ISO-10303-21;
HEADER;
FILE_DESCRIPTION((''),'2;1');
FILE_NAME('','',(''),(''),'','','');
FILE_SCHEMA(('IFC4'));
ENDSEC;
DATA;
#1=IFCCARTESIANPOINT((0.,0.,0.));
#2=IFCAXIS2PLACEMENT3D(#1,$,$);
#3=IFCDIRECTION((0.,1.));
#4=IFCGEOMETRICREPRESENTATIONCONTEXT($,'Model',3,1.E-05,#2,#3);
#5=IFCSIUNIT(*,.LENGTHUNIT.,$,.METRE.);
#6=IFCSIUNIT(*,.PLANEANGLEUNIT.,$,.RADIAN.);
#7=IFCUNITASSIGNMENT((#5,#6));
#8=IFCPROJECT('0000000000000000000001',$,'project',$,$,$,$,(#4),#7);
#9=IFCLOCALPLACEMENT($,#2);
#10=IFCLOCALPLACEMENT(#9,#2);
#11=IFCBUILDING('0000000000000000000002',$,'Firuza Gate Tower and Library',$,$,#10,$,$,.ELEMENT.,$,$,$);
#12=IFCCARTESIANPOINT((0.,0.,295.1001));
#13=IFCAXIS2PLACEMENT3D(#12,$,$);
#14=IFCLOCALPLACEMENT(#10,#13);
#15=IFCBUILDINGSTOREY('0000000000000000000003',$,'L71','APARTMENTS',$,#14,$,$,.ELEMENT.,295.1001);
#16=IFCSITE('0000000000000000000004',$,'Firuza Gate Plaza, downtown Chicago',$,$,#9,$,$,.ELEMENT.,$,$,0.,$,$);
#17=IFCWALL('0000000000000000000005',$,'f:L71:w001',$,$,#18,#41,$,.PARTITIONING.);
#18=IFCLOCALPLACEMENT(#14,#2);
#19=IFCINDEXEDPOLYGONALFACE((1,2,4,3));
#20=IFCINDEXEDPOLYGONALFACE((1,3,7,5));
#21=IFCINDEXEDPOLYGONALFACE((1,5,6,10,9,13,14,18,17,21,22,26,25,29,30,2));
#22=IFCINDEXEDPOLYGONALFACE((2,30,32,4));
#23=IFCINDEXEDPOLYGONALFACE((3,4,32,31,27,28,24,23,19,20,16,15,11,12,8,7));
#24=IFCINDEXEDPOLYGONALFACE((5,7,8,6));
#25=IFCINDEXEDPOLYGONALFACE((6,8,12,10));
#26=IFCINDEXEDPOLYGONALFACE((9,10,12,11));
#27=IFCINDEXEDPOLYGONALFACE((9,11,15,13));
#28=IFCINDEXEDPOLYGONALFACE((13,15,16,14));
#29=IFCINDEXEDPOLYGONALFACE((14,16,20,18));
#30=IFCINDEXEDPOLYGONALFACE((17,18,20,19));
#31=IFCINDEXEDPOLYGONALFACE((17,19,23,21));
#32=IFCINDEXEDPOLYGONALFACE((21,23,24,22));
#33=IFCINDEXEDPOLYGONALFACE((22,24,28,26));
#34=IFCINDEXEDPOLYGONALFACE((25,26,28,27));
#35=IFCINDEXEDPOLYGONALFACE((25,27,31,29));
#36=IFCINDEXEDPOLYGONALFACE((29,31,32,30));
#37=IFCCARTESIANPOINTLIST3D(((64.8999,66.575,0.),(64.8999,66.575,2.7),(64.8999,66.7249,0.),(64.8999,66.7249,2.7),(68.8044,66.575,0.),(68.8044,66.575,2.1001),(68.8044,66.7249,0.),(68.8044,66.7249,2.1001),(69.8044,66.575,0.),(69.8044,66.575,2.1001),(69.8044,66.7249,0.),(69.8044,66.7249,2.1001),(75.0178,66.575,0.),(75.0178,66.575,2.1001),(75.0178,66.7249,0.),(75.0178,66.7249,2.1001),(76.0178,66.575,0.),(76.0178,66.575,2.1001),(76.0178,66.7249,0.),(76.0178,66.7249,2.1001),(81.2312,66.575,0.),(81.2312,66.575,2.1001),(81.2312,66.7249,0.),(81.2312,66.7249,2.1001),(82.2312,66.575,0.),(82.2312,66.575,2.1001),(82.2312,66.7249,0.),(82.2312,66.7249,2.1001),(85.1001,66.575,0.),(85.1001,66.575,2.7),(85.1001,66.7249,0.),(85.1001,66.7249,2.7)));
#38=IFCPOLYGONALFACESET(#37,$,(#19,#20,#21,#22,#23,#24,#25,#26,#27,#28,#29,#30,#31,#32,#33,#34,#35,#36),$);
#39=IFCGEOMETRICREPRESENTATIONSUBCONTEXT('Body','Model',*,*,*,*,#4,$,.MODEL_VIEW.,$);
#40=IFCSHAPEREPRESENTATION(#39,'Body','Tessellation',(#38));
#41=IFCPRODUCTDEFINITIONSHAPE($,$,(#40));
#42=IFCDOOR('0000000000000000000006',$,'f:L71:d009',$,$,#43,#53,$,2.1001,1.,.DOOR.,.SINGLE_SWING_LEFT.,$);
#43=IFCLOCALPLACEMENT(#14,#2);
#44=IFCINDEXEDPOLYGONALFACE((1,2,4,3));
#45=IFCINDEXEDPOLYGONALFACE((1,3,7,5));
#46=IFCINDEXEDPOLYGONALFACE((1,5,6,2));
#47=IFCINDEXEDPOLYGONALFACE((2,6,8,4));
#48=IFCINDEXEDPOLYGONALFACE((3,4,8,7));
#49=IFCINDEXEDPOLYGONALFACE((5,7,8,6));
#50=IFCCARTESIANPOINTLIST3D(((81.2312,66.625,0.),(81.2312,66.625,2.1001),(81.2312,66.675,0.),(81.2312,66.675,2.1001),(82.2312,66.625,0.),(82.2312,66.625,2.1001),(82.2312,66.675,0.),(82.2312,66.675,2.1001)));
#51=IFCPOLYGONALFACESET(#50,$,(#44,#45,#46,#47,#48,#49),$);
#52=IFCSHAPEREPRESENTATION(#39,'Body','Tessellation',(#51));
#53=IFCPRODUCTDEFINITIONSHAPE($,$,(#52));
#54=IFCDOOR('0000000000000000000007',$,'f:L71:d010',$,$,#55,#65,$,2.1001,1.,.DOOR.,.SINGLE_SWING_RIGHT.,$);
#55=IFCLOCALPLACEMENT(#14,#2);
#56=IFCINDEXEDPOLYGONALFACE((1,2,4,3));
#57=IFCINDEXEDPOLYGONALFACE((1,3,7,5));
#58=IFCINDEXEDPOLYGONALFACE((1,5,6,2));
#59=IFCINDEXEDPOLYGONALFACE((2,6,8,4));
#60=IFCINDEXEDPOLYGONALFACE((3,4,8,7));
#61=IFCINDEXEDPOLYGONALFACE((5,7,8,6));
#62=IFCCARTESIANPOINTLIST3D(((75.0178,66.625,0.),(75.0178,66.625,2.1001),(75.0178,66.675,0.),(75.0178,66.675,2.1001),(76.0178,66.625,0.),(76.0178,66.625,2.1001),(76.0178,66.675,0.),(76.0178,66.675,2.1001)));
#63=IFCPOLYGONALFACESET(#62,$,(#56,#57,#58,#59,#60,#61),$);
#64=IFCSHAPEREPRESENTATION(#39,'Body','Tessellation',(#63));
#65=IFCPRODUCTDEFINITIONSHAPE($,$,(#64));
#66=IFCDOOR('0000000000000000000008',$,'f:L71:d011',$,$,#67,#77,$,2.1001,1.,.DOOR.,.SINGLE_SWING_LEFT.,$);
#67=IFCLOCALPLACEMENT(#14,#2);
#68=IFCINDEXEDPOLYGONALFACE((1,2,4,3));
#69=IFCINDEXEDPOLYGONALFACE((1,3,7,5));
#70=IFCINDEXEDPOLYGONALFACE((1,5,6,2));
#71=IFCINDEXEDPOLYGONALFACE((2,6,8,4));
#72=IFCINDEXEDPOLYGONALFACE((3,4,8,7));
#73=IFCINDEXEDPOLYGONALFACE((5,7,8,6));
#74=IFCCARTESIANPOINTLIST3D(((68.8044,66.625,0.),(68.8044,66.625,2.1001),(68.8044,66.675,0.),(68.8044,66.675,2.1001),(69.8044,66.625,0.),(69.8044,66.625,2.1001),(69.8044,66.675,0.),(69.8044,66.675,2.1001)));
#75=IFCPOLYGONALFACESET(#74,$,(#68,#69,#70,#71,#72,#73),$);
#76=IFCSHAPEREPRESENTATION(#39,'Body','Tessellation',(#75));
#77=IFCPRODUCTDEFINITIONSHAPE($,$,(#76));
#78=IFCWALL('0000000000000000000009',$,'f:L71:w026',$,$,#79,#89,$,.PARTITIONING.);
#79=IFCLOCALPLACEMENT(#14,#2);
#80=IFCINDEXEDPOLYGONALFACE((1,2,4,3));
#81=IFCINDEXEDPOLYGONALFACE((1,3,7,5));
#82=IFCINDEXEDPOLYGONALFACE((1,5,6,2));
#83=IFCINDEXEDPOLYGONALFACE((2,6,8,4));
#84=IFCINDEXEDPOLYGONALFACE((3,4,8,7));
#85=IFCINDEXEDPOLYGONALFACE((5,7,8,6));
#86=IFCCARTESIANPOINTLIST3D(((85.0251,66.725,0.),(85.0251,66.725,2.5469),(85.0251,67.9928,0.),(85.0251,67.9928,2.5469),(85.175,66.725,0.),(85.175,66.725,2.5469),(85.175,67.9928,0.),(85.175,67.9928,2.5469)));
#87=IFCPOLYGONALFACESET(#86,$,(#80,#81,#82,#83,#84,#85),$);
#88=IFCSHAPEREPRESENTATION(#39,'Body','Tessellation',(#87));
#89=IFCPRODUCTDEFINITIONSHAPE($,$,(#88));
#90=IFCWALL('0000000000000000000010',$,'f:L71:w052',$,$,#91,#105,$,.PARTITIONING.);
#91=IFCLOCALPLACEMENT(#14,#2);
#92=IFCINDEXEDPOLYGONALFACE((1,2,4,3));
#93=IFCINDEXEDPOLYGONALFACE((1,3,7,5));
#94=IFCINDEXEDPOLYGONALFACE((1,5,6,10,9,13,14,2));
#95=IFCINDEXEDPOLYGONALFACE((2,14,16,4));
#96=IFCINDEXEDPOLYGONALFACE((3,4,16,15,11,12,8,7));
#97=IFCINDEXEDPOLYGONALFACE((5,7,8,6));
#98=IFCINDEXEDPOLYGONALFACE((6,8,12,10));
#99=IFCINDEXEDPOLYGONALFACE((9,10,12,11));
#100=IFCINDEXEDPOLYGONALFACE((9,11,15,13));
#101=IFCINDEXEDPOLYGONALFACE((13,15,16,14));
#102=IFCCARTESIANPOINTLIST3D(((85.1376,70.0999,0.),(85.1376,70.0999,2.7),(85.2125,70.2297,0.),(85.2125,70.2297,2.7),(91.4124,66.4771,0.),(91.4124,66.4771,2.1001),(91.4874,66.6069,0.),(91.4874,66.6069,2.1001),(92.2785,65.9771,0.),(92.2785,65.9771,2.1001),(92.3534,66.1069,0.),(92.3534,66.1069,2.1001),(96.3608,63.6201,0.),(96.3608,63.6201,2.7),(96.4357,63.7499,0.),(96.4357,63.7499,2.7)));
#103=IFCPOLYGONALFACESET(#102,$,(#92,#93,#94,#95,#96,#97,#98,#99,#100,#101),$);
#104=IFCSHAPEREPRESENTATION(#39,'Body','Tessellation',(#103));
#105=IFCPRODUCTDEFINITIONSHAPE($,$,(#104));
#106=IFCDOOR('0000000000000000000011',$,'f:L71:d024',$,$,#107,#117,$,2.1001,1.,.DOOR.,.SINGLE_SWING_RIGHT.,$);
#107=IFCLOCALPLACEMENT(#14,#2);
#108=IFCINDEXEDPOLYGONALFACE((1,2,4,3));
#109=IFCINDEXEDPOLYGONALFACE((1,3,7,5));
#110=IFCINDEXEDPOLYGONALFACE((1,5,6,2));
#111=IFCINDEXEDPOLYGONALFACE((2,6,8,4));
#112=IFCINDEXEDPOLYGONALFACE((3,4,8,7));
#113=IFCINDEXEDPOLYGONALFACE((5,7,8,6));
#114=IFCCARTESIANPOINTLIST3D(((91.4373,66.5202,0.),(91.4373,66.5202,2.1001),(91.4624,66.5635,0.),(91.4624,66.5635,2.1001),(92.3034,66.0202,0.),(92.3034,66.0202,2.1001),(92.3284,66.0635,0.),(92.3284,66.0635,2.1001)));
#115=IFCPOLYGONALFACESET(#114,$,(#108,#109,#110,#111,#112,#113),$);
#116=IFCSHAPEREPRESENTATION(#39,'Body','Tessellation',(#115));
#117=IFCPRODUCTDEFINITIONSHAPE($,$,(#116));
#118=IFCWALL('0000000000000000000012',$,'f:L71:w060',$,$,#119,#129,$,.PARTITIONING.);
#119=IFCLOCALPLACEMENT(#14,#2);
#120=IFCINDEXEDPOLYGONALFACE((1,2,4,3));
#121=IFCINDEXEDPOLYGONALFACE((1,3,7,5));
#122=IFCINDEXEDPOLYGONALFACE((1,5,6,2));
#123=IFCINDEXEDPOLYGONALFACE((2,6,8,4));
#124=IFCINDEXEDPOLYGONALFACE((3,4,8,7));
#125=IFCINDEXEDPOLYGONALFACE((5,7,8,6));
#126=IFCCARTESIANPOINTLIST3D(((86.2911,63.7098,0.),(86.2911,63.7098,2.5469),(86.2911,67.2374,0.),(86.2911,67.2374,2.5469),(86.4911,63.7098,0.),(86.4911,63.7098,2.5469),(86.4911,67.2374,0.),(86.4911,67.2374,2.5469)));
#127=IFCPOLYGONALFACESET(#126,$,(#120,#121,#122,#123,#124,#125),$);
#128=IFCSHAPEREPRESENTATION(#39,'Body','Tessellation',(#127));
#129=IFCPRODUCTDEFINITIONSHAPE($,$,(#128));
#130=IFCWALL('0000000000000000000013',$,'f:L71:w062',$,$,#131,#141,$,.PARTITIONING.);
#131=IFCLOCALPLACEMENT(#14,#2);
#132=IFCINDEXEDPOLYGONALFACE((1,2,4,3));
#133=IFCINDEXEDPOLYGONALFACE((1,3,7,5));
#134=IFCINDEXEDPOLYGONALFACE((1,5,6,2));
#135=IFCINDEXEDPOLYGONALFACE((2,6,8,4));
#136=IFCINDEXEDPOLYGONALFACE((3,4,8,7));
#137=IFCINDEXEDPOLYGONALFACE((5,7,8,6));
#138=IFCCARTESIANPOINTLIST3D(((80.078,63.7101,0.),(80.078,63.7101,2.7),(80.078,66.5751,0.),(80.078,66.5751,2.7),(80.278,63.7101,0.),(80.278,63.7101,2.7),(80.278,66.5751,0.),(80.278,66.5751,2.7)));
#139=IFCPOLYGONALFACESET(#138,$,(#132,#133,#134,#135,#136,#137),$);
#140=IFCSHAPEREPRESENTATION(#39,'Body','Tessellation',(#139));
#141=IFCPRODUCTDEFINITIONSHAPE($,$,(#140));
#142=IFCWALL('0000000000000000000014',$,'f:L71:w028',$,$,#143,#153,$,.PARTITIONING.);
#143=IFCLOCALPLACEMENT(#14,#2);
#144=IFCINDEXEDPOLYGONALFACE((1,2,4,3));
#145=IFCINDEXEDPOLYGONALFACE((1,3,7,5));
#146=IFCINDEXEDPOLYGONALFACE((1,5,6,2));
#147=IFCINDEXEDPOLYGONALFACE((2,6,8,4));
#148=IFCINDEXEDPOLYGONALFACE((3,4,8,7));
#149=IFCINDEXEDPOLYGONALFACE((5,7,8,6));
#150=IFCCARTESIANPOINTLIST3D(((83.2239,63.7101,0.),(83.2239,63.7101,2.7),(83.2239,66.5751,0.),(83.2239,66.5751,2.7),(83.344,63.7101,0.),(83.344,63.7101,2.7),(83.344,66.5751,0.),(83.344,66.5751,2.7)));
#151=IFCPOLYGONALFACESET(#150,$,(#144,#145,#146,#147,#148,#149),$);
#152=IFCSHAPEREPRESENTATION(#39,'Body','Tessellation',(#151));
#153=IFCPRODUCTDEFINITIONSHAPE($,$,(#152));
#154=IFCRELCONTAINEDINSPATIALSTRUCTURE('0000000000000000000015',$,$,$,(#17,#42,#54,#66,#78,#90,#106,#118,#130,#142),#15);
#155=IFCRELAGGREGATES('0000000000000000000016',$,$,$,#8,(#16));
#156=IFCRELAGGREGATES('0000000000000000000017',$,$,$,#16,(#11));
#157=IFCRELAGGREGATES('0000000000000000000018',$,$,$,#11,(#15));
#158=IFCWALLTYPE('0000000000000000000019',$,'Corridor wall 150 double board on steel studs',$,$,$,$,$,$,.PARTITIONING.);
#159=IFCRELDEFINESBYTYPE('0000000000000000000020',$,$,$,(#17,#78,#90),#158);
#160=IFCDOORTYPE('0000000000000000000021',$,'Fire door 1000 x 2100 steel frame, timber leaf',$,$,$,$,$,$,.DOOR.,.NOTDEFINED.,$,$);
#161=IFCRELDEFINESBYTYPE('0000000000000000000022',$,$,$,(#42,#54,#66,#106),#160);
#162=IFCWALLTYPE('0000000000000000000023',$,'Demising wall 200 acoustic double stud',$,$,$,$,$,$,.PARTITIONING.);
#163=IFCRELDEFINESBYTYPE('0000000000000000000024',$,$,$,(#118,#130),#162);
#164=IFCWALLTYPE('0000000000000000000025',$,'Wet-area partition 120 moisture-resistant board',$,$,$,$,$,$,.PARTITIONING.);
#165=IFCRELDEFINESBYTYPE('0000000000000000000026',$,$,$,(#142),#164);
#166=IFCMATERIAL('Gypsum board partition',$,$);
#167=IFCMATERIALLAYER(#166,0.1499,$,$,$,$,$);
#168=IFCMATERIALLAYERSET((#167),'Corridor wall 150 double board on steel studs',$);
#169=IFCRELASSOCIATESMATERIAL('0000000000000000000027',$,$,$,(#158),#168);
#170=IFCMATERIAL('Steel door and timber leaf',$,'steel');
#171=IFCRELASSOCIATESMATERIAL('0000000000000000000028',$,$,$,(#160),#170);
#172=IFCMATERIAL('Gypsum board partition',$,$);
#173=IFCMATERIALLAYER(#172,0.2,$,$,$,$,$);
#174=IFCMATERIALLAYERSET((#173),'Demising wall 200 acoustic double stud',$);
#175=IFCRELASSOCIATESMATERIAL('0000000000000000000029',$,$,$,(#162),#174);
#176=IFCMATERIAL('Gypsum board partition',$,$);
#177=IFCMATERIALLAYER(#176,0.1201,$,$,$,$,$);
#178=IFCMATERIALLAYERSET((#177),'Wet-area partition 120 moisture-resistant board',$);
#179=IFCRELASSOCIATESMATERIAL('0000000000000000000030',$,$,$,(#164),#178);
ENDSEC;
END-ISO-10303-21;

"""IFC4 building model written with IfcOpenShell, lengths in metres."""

from ifc_helpers import new_model, si_unit, direction, frame, frame_2d, origin, place, context, subcontext, project, spatial, rectangle, extrude, material, layer, layer_set, type_object, element, fill, save


model = new_model("IFC4")

# Units and contexts
model_context = context("Model", 3, precision=1e-05, world=origin(), true_north=direction((0.0, 1.0)))
body_context = subcontext(model_context, "Body", "Model", "MODEL_VIEW")
ifc_project = project(units=[si_unit("LENGTHUNIT", "METRE"), si_unit("PLANEANGLEUNIT", "RADIAN")], contexts=[model_context])

# Site, building, storey
site_placement = place(None, origin())
site = spatial("IfcSite", under=ifc_project, at=site_placement, Name="Firuza Gate Plaza, downtown Chicago", CompositionType="ELEMENT", RefElevation=0.0)
building_placement = place(site_placement, origin())
building = spatial("IfcBuilding", under=site, at=building_placement, Name="Firuza Gate Tower and Library", CompositionType="ELEMENT")
storey_placement = place(building_placement, frame((0.0, 0.0, 295.1001)))
storey = spatial("IfcBuildingStorey", under=building, at=storey_placement, Name="L71", Description="APARTMENTS", CompositionType="ELEMENT", Elevation=295.1001)

# Wall, openings, doors
ifc_material_1 = material(Name="Gypsum board partition")
ifc_layer_1 = layer(ifc_material_1, 0.1499)
ifc_layer_set_1 = layer_set([ifc_layer_1], Name="Corridor wall 150 double board on steel studs")
wall_type_1 = type_object("IfcWallType", Name="Corridor wall 150 double board on steel studs", PredefinedType="PARTITIONING", material=ifc_layer_set_1)
wall_1_placement = place(storey_placement, frame((85.1001, 66.6499, 0.0), z_axis=(0.0, 0.0, 1.0), x_axis=(-1.0, 0.0, 0.0)))
wall_1 = element("IfcWall", 1, at=wall_1_placement, inside=storey, type_object=wall_type_1, Name="f:L71:w001", PredefinedType="PARTITIONING", context=body_context, shape_type="SweptSolid", body=[
    extrude(rectangle(XDim=20.2002, YDim=0.1499, at=frame_2d((10.1001, 0.0))), origin(), (0.0, 0.0, 1.0), 2.7),
])
opening_1_placement = place(wall_1_placement, frame((2.8689, 0.0, 0.0)))
opening_1 = element("IfcOpeningElement", 2, at=opening_1_placement, cuts=wall_1, PredefinedType="OPENING", context=body_context, shape_type="SweptSolid", body=[
    extrude(rectangle(XDim=1.0, YDim=2.1001, at=frame_2d((0.5, 1.05))), frame((0.0, 0.085, 0.0), z_axis=(0.0, -1.0, 0.0), x_axis=(1.0, 0.0, 0.0)), (0.0, 0.0, 1.0), 0.1699),
])
opening_2_placement = place(wall_1_placement, frame((9.0823, 0.0, 0.0)))
opening_2 = element("IfcOpeningElement", 3, at=opening_2_placement, cuts=wall_1, PredefinedType="OPENING", context=body_context, shape_type="SweptSolid", body=[
    extrude(rectangle(XDim=1.0, YDim=2.1001, at=frame_2d((0.5, 1.05))), frame((0.0, 0.085, 0.0), z_axis=(0.0, -1.0, 0.0), x_axis=(1.0, 0.0, 0.0)), (0.0, 0.0, 1.0), 0.1699),
])
opening_3_placement = place(wall_1_placement, frame((15.2957, 0.0, 0.0)))
opening_3 = element("IfcOpeningElement", 4, at=opening_3_placement, cuts=wall_1, PredefinedType="OPENING", context=body_context, shape_type="SweptSolid", body=[
    extrude(rectangle(XDim=1.0, YDim=2.1001, at=frame_2d((0.5, 1.05))), frame((0.0, 0.085, 0.0), z_axis=(0.0, -1.0, 0.0), x_axis=(1.0, 0.0, 0.0)), (0.0, 0.0, 1.0), 0.1699),
])
ifc_material_2 = material(Name="Steel door and timber leaf", Category="steel")
door_type_1 = type_object("IfcDoorType", Name="Fire door 1000 x 2100 steel frame, timber leaf", OperationType="NOTDEFINED", PredefinedType="DOOR", material=ifc_material_2)
door_1_placement = place(opening_1_placement, origin())
door_1 = element("IfcDoor", 5, at=door_1_placement, inside=storey, type_object=door_type_1, Name="f:L71:d009", OperationType="SINGLE_SWING_LEFT", OverallHeight=2.1001, OverallWidth=1.0, PredefinedType="DOOR", context=body_context, shape_type="SweptSolid", body=[
    extrude(rectangle(XDim=1.0, YDim=2.1001, at=frame_2d((0.5, 1.05))), frame((0.0, 0.0249, 0.0), z_axis=(0.0, -1.0, 0.0), x_axis=(1.0, 0.0, 0.0)), (0.0, 0.0, 1.0), 0.05),
])
fill(opening_1, door_1)
door_2_placement = place(opening_2_placement, origin())
door_2 = element("IfcDoor", 6, at=door_2_placement, inside=storey, type_object=door_type_1, Name="f:L71:d010", OperationType="SINGLE_SWING_RIGHT", OverallHeight=2.1001, OverallWidth=1.0, PredefinedType="DOOR", context=body_context, shape_type="SweptSolid", body=[
    extrude(rectangle(XDim=1.0, YDim=2.1001, at=frame_2d((0.5, 1.05))), frame((0.0, 0.0249, 0.0), z_axis=(0.0, -1.0, 0.0), x_axis=(1.0, 0.0, 0.0)), (0.0, 0.0, 1.0), 0.05),
])
fill(opening_2, door_2)
door_3_placement = place(opening_3_placement, origin())
door_3 = element("IfcDoor", 7, at=door_3_placement, inside=storey, type_object=door_type_1, Name="f:L71:d011", OperationType="SINGLE_SWING_LEFT", OverallHeight=2.1001, OverallWidth=1.0, PredefinedType="DOOR", context=body_context, shape_type="SweptSolid", body=[
    extrude(rectangle(XDim=1.0, YDim=2.1001, at=frame_2d((0.5, 1.05))), frame((0.0, 0.0249, 0.0), z_axis=(0.0, -1.0, 0.0), x_axis=(1.0, 0.0, 0.0)), (0.0, 0.0, 1.0), 0.05),
])
fill(opening_3, door_3)

# Wall
wall_2_placement = place(storey_placement, frame((85.1001, 66.7251, 0.0), z_axis=(0.0, 0.0, 1.0), x_axis=(0.0, 1.0, 0.0)))
element("IfcWall", 8, at=wall_2_placement, inside=storey, type_object=wall_type_1, Name="f:L71:w026", PredefinedType="PARTITIONING", context=body_context, shape_type="SweptSolid", body=[
    extrude(rectangle(XDim=1.2678, YDim=0.1499, at=frame_2d((0.6338, 0.0))), origin(), (0.0, 0.0, 1.0), 2.5469),
])

# Wall, opening, door
wall_3_placement = place(storey_placement, frame((85.175, 70.1648, 0.0), z_axis=(0.0, 0.0, 1.0), x_axis=(0.866024, -0.500003, 0.0)))
wall_3 = element("IfcWall", 9, at=wall_3_placement, inside=storey, type_object=wall_type_1, Name="f:L71:w052", PredefinedType="PARTITIONING", context=body_context, shape_type="SweptSolid", body=[
    extrude(rectangle(XDim=12.9595, YDim=0.1499, at=frame_2d((6.4797, 0.0))), origin(), (0.0, 0.0, 1.0), 2.7),
])
opening_4_placement = place(wall_3_placement, frame((7.2456, 0.0, 0.0)))
opening_4 = element("IfcOpeningElement", 10, at=opening_4_placement, cuts=wall_3, PredefinedType="OPENING", context=body_context, shape_type="SweptSolid", body=[
    extrude(rectangle(XDim=1.0, YDim=2.1001, at=frame_2d((0.5, 1.05))), frame((0.0, 0.085, 0.0), z_axis=(0.0, -1.0, 0.0), x_axis=(1.0, 0.0, 0.0)), (0.0, 0.0, 1.0), 0.1699),
])
door_4_placement = place(opening_4_placement, origin())
door_4 = element("IfcDoor", 11, at=door_4_placement, inside=storey, type_object=door_type_1, Name="f:L71:d024", OperationType="SINGLE_SWING_RIGHT", OverallHeight=2.1001, OverallWidth=1.0, PredefinedType="DOOR", context=body_context, shape_type="SweptSolid", body=[
    extrude(rectangle(XDim=1.0, YDim=2.1001, at=frame_2d((0.5, 1.05))), frame((0.0, 0.0249, 0.0), z_axis=(0.0, -1.0, 0.0), x_axis=(1.0, 0.0, 0.0)), (0.0, 0.0, 1.0), 0.05),
])
fill(opening_4, door_4)

# Walls
ifc_material_3 = material(Name="Gypsum board partition")
ifc_layer_2 = layer(ifc_material_3, 0.2)
ifc_layer_set_2 = layer_set([ifc_layer_2], Name="Demising wall 200 acoustic double stud")
wall_type_2 = type_object("IfcWallType", Name="Demising wall 200 acoustic double stud", PredefinedType="PARTITIONING", material=ifc_layer_set_2)
wall_4_placement = place(storey_placement, frame((86.3911, 63.71, 0.0), z_axis=(0.0, 0.0, 1.0), x_axis=(0.0, 1.0, 0.0)))
element("IfcWall", 12, at=wall_4_placement, inside=storey, type_object=wall_type_2, Name="f:L71:w060", PredefinedType="PARTITIONING", context=body_context, shape_type="SweptSolid", body=[
    extrude(rectangle(XDim=3.5276, YDim=0.2, at=frame_2d((1.7637, 0.0))), origin(), (0.0, 0.0, 1.0), 2.5469),
])
wall_5_placement = place(storey_placement, frame((80.178, 63.71, 0.0), z_axis=(0.0, 0.0, 1.0), x_axis=(0.0, 1.0, 0.0)))
element("IfcWall", 13, at=wall_5_placement, inside=storey, type_object=wall_type_2, Name="f:L71:w062", PredefinedType="PARTITIONING", context=body_context, shape_type="SweptSolid", body=[
    extrude(rectangle(XDim=2.865, YDim=0.2, at=frame_2d((1.4326, 0.0))), origin(), (0.0, 0.0, 1.0), 2.7),
])
ifc_material_4 = material(Name="Gypsum board partition")
ifc_layer_3 = layer(ifc_material_4, 0.1201)
ifc_layer_set_3 = layer_set([ifc_layer_3], Name="Wet-area partition 120 moisture-resistant board")
wall_type_3 = type_object("IfcWallType", Name="Wet-area partition 120 moisture-resistant board", PredefinedType="PARTITIONING", material=ifc_layer_set_3)
wall_6_placement = place(storey_placement, frame((83.2839, 63.71, 0.0), z_axis=(0.0, 0.0, 1.0), x_axis=(0.0, 1.0, 0.0)))
element("IfcWall", 14, at=wall_6_placement, inside=storey, type_object=wall_type_3, Name="f:L71:w028", PredefinedType="PARTITIONING", context=body_context, shape_type="SweptSolid", body=[
    extrude(rectangle(XDim=2.865, YDim=0.1201, at=frame_2d((1.4326, 0.0))), origin(), (0.0, 0.0, 1.0), 2.7),
])

save(model, "model.ifc")
